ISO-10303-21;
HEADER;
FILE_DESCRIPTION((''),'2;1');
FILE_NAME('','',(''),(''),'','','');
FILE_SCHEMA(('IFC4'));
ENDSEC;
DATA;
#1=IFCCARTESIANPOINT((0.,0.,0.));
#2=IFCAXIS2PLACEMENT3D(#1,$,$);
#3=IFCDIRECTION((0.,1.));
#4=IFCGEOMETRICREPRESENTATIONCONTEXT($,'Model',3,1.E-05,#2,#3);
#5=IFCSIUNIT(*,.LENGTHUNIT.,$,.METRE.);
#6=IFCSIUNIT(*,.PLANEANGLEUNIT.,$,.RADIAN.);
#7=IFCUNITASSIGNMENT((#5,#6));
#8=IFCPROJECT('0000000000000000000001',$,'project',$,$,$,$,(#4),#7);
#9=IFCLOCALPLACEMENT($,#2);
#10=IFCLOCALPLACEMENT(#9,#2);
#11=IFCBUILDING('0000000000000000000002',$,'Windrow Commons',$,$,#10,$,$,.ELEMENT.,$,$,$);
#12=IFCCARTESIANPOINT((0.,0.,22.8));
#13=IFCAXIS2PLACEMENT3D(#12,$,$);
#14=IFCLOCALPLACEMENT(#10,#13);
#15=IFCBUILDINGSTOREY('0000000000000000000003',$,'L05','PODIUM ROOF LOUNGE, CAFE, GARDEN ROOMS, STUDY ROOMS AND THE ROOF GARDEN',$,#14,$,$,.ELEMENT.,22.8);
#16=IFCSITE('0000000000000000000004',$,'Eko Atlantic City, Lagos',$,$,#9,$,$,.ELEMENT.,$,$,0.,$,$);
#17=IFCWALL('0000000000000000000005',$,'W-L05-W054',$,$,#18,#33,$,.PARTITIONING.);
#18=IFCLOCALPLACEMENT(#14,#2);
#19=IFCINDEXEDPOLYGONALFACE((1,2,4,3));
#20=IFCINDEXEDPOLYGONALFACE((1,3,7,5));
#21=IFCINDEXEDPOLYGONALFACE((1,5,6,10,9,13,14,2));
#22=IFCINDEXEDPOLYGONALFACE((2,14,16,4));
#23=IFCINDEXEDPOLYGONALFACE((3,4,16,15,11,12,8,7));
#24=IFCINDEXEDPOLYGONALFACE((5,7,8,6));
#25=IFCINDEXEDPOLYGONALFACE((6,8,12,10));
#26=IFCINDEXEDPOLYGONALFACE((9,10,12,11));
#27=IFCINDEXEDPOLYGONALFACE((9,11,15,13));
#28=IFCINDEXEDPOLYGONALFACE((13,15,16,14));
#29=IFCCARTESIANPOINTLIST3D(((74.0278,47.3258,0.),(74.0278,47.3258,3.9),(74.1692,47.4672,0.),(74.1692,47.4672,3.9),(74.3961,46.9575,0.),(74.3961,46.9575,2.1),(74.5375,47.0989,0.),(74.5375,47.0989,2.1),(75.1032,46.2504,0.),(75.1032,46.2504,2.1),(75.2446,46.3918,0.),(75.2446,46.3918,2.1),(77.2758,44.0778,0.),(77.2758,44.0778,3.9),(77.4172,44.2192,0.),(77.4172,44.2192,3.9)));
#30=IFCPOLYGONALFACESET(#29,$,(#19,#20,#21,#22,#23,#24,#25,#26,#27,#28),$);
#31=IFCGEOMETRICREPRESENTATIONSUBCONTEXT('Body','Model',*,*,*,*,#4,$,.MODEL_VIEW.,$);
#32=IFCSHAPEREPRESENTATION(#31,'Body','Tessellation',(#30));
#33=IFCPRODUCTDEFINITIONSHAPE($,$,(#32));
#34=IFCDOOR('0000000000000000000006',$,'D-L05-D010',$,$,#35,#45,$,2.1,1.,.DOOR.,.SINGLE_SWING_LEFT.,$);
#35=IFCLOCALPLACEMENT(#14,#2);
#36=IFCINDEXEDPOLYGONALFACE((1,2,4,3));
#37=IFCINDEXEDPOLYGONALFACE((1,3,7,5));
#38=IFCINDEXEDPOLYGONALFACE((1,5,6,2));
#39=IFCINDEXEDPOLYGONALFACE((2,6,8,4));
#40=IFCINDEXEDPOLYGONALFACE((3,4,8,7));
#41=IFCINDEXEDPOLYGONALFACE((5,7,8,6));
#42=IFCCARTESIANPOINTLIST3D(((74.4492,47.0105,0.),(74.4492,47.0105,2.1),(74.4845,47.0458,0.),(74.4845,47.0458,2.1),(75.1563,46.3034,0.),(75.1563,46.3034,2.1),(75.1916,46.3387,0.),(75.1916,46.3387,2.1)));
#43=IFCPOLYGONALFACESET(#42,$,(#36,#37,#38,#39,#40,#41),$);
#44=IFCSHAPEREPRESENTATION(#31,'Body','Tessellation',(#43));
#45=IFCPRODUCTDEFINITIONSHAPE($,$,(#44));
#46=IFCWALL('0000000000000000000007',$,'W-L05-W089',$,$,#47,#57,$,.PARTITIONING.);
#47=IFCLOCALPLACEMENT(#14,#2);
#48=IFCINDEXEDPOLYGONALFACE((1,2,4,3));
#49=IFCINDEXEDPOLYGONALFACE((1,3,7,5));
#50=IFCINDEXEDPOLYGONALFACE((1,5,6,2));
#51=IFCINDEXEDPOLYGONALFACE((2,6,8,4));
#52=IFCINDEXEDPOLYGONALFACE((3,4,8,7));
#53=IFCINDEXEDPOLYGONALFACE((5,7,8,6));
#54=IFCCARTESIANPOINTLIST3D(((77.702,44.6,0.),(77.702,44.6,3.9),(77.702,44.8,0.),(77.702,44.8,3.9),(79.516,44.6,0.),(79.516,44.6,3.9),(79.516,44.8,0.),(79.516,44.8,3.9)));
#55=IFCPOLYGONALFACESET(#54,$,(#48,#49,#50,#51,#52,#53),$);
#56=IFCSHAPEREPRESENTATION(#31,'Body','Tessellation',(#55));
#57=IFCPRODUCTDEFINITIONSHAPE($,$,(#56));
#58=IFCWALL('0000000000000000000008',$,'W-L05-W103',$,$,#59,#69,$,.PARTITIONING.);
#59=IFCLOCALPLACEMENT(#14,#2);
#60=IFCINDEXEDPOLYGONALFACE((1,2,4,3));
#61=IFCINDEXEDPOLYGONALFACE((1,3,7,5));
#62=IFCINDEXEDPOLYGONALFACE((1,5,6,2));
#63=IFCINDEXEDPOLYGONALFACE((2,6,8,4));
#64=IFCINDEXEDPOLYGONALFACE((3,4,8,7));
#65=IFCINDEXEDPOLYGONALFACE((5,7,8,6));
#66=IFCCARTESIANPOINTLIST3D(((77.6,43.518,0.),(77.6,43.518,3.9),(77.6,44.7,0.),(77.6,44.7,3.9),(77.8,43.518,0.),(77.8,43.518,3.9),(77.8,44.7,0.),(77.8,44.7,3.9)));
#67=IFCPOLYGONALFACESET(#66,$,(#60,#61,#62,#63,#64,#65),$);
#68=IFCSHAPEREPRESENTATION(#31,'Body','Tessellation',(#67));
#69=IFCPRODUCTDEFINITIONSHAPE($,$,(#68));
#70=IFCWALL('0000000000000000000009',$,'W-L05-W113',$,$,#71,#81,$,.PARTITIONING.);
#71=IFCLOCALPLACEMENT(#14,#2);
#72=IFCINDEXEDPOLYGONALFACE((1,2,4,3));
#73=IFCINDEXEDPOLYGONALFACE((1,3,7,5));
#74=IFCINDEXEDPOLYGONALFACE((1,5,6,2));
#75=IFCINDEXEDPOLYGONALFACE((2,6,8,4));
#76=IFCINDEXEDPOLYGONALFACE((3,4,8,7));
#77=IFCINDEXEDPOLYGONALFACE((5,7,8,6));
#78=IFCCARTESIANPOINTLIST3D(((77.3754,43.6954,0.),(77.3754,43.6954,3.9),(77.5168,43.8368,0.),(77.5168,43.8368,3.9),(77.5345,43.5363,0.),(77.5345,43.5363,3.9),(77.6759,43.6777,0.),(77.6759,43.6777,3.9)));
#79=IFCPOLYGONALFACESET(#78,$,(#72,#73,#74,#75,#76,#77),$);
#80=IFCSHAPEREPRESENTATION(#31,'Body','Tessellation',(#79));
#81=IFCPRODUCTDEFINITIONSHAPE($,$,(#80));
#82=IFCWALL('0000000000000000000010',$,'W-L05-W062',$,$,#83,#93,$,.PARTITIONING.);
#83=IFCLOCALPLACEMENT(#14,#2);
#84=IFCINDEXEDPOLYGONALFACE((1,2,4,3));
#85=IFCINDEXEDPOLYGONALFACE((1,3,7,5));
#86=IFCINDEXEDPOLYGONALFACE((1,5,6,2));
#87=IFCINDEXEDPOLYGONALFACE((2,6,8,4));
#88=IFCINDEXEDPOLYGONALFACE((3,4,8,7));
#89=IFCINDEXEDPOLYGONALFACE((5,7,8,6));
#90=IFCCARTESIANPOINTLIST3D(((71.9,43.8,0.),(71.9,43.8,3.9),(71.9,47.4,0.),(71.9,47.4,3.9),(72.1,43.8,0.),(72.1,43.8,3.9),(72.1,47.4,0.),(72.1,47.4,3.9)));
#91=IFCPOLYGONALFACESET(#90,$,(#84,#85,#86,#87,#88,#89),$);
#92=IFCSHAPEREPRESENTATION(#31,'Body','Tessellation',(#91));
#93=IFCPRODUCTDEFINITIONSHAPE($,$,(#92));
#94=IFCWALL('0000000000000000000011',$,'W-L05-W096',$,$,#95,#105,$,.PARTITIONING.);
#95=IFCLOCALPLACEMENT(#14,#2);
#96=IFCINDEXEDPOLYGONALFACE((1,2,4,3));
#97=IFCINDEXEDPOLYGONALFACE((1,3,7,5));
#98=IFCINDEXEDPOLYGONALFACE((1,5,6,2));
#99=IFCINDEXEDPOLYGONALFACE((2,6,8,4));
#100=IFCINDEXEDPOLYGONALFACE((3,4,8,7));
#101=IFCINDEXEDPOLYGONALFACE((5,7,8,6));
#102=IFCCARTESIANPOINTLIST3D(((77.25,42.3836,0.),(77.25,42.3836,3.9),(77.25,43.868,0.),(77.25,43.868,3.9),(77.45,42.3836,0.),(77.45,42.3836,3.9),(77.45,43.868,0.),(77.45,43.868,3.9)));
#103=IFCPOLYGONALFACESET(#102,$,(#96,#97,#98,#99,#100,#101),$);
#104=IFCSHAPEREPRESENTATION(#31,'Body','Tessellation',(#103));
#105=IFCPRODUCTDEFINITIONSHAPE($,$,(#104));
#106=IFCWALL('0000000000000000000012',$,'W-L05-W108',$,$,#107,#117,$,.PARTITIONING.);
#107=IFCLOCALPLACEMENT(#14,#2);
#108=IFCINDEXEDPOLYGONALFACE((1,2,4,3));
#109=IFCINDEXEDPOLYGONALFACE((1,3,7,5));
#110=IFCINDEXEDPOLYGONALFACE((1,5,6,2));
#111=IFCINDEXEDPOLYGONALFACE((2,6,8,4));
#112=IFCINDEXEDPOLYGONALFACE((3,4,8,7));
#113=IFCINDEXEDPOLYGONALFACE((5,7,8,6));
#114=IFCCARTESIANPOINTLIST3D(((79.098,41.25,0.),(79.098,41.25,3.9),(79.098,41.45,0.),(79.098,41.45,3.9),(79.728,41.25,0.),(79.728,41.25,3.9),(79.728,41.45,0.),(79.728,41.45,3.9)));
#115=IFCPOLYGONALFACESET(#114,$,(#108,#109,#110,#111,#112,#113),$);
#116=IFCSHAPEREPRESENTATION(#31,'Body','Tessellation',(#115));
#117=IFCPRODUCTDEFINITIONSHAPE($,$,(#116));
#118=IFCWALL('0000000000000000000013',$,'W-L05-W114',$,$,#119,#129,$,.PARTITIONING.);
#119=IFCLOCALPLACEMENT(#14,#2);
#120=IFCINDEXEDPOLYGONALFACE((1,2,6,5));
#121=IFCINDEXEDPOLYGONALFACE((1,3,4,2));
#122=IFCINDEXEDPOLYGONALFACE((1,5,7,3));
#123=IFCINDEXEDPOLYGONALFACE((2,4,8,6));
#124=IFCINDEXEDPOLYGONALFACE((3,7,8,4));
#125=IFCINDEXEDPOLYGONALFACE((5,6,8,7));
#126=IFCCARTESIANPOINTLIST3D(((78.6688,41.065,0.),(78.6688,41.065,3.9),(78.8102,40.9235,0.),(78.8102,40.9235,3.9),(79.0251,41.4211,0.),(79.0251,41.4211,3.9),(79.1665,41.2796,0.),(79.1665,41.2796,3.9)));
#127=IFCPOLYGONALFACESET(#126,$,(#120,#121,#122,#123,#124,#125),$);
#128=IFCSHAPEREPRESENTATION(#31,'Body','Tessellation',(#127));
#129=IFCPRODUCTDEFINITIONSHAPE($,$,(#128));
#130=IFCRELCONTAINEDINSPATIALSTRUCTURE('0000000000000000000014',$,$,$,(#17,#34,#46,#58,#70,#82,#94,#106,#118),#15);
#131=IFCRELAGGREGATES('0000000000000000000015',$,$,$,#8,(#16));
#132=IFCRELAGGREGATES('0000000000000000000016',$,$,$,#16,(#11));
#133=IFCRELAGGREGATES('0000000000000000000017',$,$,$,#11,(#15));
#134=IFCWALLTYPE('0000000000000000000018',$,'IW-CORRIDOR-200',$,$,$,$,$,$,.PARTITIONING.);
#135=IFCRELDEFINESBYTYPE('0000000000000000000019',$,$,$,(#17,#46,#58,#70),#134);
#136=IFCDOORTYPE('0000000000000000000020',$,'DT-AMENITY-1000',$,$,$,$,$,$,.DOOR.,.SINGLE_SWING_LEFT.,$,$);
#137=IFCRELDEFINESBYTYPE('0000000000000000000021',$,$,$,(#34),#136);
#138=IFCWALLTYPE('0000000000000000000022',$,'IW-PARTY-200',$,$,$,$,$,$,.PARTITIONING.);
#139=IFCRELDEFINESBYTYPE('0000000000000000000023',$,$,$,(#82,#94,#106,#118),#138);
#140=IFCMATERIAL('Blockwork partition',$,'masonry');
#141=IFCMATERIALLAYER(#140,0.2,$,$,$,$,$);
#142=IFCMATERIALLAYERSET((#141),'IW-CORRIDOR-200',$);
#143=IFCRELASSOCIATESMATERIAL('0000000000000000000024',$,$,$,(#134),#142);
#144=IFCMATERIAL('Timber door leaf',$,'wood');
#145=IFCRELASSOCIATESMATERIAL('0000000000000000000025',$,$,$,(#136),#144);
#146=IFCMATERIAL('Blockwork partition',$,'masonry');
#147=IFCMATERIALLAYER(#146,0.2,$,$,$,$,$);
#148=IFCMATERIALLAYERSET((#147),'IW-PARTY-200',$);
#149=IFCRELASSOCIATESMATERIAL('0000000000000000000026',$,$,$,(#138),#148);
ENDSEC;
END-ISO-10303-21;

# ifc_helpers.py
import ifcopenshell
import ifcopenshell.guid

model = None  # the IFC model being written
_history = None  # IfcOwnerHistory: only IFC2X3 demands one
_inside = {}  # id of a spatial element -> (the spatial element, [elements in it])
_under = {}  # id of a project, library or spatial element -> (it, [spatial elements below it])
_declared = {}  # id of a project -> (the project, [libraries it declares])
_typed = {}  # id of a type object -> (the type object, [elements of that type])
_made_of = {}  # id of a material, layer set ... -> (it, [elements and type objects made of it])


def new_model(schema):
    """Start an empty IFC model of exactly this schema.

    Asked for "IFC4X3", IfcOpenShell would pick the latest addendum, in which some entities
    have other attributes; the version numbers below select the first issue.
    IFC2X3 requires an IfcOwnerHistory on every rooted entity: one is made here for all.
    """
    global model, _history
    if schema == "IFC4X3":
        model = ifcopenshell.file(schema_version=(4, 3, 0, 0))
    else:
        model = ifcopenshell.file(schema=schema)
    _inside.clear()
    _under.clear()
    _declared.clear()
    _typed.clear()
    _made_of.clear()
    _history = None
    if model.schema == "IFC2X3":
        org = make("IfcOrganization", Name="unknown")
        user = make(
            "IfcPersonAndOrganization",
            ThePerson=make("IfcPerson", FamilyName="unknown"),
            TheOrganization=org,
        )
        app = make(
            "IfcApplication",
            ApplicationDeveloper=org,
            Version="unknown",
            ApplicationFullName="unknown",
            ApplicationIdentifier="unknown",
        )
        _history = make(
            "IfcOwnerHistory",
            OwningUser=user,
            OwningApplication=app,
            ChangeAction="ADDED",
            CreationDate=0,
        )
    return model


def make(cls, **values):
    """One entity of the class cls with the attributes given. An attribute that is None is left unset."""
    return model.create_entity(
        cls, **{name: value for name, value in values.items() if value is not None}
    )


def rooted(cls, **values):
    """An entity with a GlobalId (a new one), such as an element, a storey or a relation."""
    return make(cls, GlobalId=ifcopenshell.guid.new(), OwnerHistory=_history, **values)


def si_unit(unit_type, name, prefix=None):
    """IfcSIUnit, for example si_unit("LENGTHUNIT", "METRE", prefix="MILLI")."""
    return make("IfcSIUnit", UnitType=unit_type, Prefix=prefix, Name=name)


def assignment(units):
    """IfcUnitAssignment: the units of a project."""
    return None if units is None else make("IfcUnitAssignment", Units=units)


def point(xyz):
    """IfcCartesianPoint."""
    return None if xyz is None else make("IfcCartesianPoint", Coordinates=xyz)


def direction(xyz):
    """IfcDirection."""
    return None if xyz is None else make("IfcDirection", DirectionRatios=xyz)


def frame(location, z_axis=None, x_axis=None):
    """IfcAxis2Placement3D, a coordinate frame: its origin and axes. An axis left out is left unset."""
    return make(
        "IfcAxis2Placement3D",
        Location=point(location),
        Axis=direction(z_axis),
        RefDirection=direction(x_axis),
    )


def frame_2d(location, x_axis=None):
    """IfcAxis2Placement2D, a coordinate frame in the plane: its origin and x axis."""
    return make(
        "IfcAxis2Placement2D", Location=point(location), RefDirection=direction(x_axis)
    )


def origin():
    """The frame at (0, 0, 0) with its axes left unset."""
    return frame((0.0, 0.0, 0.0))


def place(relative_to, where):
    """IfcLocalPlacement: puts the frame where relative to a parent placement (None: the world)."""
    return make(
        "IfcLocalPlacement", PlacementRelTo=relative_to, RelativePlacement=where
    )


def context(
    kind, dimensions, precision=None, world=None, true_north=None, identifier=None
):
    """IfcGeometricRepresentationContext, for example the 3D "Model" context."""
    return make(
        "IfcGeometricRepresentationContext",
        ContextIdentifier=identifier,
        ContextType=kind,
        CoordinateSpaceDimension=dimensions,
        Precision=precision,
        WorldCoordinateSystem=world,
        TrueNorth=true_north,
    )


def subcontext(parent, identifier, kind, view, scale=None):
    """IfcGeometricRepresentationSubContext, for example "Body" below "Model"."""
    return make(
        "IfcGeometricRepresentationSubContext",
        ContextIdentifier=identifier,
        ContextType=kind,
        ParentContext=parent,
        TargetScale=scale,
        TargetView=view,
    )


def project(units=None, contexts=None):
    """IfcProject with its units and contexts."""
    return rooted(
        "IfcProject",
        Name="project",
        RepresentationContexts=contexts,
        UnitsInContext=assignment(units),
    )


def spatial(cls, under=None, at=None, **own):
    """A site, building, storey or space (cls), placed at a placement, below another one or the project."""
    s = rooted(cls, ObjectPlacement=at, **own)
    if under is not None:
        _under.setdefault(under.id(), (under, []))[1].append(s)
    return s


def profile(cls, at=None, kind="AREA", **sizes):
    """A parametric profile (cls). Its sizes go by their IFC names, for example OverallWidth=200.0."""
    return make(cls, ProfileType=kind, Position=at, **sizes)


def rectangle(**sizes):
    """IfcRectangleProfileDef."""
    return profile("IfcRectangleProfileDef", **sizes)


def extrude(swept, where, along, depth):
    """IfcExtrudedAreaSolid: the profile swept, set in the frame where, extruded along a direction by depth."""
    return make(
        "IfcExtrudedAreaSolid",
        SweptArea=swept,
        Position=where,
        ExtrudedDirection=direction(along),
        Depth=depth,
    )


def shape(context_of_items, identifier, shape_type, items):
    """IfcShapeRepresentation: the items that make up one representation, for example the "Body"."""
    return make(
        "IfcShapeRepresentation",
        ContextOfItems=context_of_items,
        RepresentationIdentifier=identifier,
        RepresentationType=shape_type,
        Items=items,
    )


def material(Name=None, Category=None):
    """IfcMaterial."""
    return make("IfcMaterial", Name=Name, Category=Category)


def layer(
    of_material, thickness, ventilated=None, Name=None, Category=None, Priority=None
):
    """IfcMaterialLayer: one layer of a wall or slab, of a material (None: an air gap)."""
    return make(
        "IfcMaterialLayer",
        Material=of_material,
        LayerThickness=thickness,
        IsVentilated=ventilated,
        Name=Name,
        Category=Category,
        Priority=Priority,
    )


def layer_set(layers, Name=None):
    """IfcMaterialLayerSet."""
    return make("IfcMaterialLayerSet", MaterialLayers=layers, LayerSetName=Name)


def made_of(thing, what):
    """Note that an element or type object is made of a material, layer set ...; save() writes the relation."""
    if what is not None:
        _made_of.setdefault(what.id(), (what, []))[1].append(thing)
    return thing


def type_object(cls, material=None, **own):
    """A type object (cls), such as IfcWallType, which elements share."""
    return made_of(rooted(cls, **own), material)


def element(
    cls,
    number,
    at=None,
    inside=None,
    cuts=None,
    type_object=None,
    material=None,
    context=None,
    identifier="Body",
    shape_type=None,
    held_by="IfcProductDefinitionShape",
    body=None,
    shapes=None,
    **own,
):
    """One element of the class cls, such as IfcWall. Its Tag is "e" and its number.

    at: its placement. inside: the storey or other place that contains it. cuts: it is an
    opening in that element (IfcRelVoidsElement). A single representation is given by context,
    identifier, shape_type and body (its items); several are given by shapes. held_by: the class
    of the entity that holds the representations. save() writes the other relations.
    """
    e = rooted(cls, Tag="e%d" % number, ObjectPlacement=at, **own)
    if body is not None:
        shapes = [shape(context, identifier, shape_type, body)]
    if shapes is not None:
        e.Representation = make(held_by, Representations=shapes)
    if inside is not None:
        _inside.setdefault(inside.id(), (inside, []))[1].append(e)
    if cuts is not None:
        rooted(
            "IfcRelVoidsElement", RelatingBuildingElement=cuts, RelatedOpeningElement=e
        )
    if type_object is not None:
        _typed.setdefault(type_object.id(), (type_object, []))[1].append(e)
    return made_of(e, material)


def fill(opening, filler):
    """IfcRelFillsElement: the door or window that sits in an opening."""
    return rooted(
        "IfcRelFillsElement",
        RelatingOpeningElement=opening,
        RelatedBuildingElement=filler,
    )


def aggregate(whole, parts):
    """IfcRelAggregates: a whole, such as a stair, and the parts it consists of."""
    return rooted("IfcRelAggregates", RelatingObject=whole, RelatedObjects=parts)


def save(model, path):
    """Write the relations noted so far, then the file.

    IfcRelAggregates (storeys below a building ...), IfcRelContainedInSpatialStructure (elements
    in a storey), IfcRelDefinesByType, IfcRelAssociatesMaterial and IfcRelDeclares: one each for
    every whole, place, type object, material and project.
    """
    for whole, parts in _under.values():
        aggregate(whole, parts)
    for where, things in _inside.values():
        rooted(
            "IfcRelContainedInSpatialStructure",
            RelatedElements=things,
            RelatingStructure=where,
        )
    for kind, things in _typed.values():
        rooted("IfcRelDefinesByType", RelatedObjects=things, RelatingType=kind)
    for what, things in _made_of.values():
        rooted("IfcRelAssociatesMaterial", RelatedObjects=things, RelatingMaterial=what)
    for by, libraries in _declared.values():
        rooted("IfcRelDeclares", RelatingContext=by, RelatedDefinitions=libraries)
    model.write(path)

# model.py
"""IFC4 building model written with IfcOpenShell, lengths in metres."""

from ifc_helpers import new_model, si_unit, direction, frame, frame_2d, origin, place, context, subcontext, project, spatial, rectangle, extrude, material, layer, layer_set, type_object, element, fill, save


model = new_model("IFC4")

# Units and contexts
model_context = context("Model", 3, precision=1e-05, world=origin(), true_north=direction((0.0, 1.0)))
body_context = subcontext(model_context, "Body", "Model", "MODEL_VIEW")
ifc_project = project(units=[si_unit("LENGTHUNIT", "METRE"), si_unit("PLANEANGLEUNIT", "RADIAN")], contexts=[model_context])

# Site, building, storey
site_placement = place(None, origin())
site = spatial("IfcSite", under=ifc_project, at=site_placement, Name="Eko Atlantic City, Lagos", CompositionType="ELEMENT", RefElevation=0.0)
building_placement = place(site_placement, origin())
building = spatial("IfcBuilding", under=site, at=building_placement, Name="Windrow Commons", CompositionType="ELEMENT")
storey_placement = place(building_placement, frame((0.0, 0.0, 22.8)))
storey = spatial("IfcBuildingStorey", under=building, at=storey_placement, Name="L05", Description="PODIUM ROOF LOUNGE, CAFE, GARDEN ROOMS, STUDY ROOMS AND THE ROOF GARDEN", CompositionType="ELEMENT", Elevation=22.8)

# Wall, opening, door
ifc_material_1 = material(Name="Blockwork partition", Category="masonry")
ifc_layer_1 = layer(ifc_material_1, 0.2)
ifc_layer_set_1 = layer_set([ifc_layer_1], Name="IW-CORRIDOR-200")
wall_type_1 = type_object("IfcWallType", Name="IW-CORRIDOR-200", PredefinedType="PARTITIONING", material=ifc_layer_set_1)
wall_1_placement = place(storey_placement, frame((74.0985, 47.3965, 0.0), z_axis=(0.0, 0.0, 1.0), x_axis=(0.707107, -0.707107, 0.0)))
wall_1 = element("IfcWall", 1, at=wall_1_placement, inside=storey, type_object=wall_type_1, Name="W-L05-W054", PredefinedType="PARTITIONING", context=body_context, shape_type="SweptSolid", body=[
    extrude(rectangle(XDim=4.5934, YDim=0.2, at=frame_2d((2.2967, 0.0))), origin(), (0.0, 0.0, 1.0), 3.9),
])
opening_1_placement = place(wall_1_placement, frame((0.5209, 0.0, 0.0)))
opening_1 = element("IfcOpeningElement", 2, at=opening_1_placement, cuts=wall_1, PredefinedType="OPENING", context=body_context, shape_type="SweptSolid", body=[
    extrude(rectangle(XDim=1.0, YDim=2.1, at=frame_2d((0.5, 1.05))), frame((0.0, 0.11, 0.0), z_axis=(0.0, -1.0, 0.0), x_axis=(1.0, 0.0, 0.0)), (0.0, 0.0, 1.0), 0.22),
])
ifc_material_2 = material(Name="Timber door leaf", Category="wood")
door_type = type_object("IfcDoorType", Name="DT-AMENITY-1000", OperationType="SINGLE_SWING_LEFT", PredefinedType="DOOR", material=ifc_material_2)
door_placement = place(opening_1_placement, origin())
door = element("IfcDoor", 3, at=door_placement, inside=storey, type_object=door_type, Name="D-L05-D010", OperationType="SINGLE_SWING_LEFT", OverallHeight=2.1, OverallWidth=1.0, PredefinedType="DOOR", context=body_context, shape_type="SweptSolid", body=[
    extrude(rectangle(XDim=1.0, YDim=2.1, at=frame_2d((0.5, 1.05))), frame((0.0, 0.025, 0.0), z_axis=(0.0, -1.0, 0.0), x_axis=(1.0, 0.0, 0.0)), (0.0, 0.0, 1.0), 0.05),
])
fill(opening_1, door)

# Walls
wall_2_placement = place(storey_placement, frame((77.702, 44.7, 0.0), z_axis=(0.0, 0.0, 1.0), x_axis=(1.0, 0.0, 0.0)))
element("IfcWall", 4, at=wall_2_placement, inside=storey, type_object=wall_type_1, Name="W-L05-W089", PredefinedType="PARTITIONING", context=body_context, shape_type="SweptSolid", body=[
    extrude(rectangle(XDim=1.814, YDim=0.2, at=frame_2d((0.907, 0.0))), origin(), (0.0, 0.0, 1.0), 3.9),
])
wall_3_placement = place(storey_placement, frame((77.7, 43.518, 0.0), z_axis=(0.0, 0.0, 1.0), x_axis=(0.0, 1.0, 0.0)))
element("IfcWall", 5, at=wall_3_placement, inside=storey, type_object=wall_type_1, Name="W-L05-W103", PredefinedType="PARTITIONING", context=body_context, shape_type="SweptSolid", body=[
    extrude(rectangle(XDim=1.182, YDim=0.2, at=frame_2d((0.591, 0.0))), origin(), (0.0, 0.0, 1.0), 3.9),
])
wall_4_placement = place(storey_placement, frame((77.4461, 43.7661, 0.0), z_axis=(0.0, 0.0, 1.0), x_axis=(0.707107, -0.707107, 0.0)))
element("IfcWall", 6, at=wall_4_placement, inside=storey, type_object=wall_type_1, Name="W-L05-W113", PredefinedType="PARTITIONING", context=body_context, shape_type="SweptSolid", body=[
    extrude(rectangle(XDim=0.225, YDim=0.2, at=frame_2d((0.1125, 0.0))), origin(), (0.0, 0.0, 1.0), 3.9),
])
ifc_material_3 = material(Name="Blockwork partition", Category="masonry")
ifc_layer_2 = layer(ifc_material_3, 0.2)
ifc_layer_set_2 = layer_set([ifc_layer_2], Name="IW-PARTY-200")
wall_type_2 = type_object("IfcWallType", Name="IW-PARTY-200", PredefinedType="PARTITIONING", material=ifc_layer_set_2)
wall_5_placement = place(storey_placement, frame((72.0, 43.8, 0.0), z_axis=(0.0, 0.0, 1.0), x_axis=(0.0, 1.0, 0.0)))
element("IfcWall", 7, at=wall_5_placement, inside=storey, type_object=wall_type_2, Name="W-L05-W062", PredefinedType="PARTITIONING", context=body_context, shape_type="SweptSolid", body=[
    extrude(rectangle(XDim=3.6, YDim=0.2, at=frame_2d((1.8, 0.0))), origin(), (0.0, 0.0, 1.0), 3.9),
])
wall_6_placement = place(storey_placement, frame((77.35, 42.3837, 0.0), z_axis=(0.0, 0.0, 1.0), x_axis=(0.0, 1.0, 0.0)))
element("IfcWall", 8, at=wall_6_placement, inside=storey, type_object=wall_type_2, Name="W-L05-W096", PredefinedType="PARTITIONING", context=body_context, shape_type="SweptSolid", body=[
    extrude(rectangle(XDim=1.4843, YDim=0.2, at=frame_2d((0.7421, 0.0))), origin(), (0.0, 0.0, 1.0), 3.9),
])
wall_7_placement = place(storey_placement, frame((79.098, 41.35, 0.0), z_axis=(0.0, 0.0, 1.0), x_axis=(1.0, 0.0, 0.0)))
element("IfcWall", 9, at=wall_7_placement, inside=storey, type_object=wall_type_2, Name="W-L05-W108", PredefinedType="PARTITIONING", context=body_context, shape_type="SweptSolid", body=[
    extrude(rectangle(XDim=0.63, YDim=0.2, at=frame_2d((0.315, 0.0))), origin(), (0.0, 0.0, 1.0), 3.9),
])
wall_8_placement = place(storey_placement, frame((78.7395, 40.9942, 0.0), z_axis=(0.0, 0.0, 1.0), x_axis=(0.707206, 0.707008, 0.0)))
element("IfcWall", 10, at=wall_8_placement, inside=storey, type_object=wall_type_2, Name="W-L05-W114", PredefinedType="PARTITIONING", context=body_context, shape_type="SweptSolid", body=[
    extrude(rectangle(XDim=0.5037, YDim=0.2, at=frame_2d((0.2519, 0.0))), origin(), (0.0, 0.0, 1.0), 3.9),
])

save(model, "model.ifc")
